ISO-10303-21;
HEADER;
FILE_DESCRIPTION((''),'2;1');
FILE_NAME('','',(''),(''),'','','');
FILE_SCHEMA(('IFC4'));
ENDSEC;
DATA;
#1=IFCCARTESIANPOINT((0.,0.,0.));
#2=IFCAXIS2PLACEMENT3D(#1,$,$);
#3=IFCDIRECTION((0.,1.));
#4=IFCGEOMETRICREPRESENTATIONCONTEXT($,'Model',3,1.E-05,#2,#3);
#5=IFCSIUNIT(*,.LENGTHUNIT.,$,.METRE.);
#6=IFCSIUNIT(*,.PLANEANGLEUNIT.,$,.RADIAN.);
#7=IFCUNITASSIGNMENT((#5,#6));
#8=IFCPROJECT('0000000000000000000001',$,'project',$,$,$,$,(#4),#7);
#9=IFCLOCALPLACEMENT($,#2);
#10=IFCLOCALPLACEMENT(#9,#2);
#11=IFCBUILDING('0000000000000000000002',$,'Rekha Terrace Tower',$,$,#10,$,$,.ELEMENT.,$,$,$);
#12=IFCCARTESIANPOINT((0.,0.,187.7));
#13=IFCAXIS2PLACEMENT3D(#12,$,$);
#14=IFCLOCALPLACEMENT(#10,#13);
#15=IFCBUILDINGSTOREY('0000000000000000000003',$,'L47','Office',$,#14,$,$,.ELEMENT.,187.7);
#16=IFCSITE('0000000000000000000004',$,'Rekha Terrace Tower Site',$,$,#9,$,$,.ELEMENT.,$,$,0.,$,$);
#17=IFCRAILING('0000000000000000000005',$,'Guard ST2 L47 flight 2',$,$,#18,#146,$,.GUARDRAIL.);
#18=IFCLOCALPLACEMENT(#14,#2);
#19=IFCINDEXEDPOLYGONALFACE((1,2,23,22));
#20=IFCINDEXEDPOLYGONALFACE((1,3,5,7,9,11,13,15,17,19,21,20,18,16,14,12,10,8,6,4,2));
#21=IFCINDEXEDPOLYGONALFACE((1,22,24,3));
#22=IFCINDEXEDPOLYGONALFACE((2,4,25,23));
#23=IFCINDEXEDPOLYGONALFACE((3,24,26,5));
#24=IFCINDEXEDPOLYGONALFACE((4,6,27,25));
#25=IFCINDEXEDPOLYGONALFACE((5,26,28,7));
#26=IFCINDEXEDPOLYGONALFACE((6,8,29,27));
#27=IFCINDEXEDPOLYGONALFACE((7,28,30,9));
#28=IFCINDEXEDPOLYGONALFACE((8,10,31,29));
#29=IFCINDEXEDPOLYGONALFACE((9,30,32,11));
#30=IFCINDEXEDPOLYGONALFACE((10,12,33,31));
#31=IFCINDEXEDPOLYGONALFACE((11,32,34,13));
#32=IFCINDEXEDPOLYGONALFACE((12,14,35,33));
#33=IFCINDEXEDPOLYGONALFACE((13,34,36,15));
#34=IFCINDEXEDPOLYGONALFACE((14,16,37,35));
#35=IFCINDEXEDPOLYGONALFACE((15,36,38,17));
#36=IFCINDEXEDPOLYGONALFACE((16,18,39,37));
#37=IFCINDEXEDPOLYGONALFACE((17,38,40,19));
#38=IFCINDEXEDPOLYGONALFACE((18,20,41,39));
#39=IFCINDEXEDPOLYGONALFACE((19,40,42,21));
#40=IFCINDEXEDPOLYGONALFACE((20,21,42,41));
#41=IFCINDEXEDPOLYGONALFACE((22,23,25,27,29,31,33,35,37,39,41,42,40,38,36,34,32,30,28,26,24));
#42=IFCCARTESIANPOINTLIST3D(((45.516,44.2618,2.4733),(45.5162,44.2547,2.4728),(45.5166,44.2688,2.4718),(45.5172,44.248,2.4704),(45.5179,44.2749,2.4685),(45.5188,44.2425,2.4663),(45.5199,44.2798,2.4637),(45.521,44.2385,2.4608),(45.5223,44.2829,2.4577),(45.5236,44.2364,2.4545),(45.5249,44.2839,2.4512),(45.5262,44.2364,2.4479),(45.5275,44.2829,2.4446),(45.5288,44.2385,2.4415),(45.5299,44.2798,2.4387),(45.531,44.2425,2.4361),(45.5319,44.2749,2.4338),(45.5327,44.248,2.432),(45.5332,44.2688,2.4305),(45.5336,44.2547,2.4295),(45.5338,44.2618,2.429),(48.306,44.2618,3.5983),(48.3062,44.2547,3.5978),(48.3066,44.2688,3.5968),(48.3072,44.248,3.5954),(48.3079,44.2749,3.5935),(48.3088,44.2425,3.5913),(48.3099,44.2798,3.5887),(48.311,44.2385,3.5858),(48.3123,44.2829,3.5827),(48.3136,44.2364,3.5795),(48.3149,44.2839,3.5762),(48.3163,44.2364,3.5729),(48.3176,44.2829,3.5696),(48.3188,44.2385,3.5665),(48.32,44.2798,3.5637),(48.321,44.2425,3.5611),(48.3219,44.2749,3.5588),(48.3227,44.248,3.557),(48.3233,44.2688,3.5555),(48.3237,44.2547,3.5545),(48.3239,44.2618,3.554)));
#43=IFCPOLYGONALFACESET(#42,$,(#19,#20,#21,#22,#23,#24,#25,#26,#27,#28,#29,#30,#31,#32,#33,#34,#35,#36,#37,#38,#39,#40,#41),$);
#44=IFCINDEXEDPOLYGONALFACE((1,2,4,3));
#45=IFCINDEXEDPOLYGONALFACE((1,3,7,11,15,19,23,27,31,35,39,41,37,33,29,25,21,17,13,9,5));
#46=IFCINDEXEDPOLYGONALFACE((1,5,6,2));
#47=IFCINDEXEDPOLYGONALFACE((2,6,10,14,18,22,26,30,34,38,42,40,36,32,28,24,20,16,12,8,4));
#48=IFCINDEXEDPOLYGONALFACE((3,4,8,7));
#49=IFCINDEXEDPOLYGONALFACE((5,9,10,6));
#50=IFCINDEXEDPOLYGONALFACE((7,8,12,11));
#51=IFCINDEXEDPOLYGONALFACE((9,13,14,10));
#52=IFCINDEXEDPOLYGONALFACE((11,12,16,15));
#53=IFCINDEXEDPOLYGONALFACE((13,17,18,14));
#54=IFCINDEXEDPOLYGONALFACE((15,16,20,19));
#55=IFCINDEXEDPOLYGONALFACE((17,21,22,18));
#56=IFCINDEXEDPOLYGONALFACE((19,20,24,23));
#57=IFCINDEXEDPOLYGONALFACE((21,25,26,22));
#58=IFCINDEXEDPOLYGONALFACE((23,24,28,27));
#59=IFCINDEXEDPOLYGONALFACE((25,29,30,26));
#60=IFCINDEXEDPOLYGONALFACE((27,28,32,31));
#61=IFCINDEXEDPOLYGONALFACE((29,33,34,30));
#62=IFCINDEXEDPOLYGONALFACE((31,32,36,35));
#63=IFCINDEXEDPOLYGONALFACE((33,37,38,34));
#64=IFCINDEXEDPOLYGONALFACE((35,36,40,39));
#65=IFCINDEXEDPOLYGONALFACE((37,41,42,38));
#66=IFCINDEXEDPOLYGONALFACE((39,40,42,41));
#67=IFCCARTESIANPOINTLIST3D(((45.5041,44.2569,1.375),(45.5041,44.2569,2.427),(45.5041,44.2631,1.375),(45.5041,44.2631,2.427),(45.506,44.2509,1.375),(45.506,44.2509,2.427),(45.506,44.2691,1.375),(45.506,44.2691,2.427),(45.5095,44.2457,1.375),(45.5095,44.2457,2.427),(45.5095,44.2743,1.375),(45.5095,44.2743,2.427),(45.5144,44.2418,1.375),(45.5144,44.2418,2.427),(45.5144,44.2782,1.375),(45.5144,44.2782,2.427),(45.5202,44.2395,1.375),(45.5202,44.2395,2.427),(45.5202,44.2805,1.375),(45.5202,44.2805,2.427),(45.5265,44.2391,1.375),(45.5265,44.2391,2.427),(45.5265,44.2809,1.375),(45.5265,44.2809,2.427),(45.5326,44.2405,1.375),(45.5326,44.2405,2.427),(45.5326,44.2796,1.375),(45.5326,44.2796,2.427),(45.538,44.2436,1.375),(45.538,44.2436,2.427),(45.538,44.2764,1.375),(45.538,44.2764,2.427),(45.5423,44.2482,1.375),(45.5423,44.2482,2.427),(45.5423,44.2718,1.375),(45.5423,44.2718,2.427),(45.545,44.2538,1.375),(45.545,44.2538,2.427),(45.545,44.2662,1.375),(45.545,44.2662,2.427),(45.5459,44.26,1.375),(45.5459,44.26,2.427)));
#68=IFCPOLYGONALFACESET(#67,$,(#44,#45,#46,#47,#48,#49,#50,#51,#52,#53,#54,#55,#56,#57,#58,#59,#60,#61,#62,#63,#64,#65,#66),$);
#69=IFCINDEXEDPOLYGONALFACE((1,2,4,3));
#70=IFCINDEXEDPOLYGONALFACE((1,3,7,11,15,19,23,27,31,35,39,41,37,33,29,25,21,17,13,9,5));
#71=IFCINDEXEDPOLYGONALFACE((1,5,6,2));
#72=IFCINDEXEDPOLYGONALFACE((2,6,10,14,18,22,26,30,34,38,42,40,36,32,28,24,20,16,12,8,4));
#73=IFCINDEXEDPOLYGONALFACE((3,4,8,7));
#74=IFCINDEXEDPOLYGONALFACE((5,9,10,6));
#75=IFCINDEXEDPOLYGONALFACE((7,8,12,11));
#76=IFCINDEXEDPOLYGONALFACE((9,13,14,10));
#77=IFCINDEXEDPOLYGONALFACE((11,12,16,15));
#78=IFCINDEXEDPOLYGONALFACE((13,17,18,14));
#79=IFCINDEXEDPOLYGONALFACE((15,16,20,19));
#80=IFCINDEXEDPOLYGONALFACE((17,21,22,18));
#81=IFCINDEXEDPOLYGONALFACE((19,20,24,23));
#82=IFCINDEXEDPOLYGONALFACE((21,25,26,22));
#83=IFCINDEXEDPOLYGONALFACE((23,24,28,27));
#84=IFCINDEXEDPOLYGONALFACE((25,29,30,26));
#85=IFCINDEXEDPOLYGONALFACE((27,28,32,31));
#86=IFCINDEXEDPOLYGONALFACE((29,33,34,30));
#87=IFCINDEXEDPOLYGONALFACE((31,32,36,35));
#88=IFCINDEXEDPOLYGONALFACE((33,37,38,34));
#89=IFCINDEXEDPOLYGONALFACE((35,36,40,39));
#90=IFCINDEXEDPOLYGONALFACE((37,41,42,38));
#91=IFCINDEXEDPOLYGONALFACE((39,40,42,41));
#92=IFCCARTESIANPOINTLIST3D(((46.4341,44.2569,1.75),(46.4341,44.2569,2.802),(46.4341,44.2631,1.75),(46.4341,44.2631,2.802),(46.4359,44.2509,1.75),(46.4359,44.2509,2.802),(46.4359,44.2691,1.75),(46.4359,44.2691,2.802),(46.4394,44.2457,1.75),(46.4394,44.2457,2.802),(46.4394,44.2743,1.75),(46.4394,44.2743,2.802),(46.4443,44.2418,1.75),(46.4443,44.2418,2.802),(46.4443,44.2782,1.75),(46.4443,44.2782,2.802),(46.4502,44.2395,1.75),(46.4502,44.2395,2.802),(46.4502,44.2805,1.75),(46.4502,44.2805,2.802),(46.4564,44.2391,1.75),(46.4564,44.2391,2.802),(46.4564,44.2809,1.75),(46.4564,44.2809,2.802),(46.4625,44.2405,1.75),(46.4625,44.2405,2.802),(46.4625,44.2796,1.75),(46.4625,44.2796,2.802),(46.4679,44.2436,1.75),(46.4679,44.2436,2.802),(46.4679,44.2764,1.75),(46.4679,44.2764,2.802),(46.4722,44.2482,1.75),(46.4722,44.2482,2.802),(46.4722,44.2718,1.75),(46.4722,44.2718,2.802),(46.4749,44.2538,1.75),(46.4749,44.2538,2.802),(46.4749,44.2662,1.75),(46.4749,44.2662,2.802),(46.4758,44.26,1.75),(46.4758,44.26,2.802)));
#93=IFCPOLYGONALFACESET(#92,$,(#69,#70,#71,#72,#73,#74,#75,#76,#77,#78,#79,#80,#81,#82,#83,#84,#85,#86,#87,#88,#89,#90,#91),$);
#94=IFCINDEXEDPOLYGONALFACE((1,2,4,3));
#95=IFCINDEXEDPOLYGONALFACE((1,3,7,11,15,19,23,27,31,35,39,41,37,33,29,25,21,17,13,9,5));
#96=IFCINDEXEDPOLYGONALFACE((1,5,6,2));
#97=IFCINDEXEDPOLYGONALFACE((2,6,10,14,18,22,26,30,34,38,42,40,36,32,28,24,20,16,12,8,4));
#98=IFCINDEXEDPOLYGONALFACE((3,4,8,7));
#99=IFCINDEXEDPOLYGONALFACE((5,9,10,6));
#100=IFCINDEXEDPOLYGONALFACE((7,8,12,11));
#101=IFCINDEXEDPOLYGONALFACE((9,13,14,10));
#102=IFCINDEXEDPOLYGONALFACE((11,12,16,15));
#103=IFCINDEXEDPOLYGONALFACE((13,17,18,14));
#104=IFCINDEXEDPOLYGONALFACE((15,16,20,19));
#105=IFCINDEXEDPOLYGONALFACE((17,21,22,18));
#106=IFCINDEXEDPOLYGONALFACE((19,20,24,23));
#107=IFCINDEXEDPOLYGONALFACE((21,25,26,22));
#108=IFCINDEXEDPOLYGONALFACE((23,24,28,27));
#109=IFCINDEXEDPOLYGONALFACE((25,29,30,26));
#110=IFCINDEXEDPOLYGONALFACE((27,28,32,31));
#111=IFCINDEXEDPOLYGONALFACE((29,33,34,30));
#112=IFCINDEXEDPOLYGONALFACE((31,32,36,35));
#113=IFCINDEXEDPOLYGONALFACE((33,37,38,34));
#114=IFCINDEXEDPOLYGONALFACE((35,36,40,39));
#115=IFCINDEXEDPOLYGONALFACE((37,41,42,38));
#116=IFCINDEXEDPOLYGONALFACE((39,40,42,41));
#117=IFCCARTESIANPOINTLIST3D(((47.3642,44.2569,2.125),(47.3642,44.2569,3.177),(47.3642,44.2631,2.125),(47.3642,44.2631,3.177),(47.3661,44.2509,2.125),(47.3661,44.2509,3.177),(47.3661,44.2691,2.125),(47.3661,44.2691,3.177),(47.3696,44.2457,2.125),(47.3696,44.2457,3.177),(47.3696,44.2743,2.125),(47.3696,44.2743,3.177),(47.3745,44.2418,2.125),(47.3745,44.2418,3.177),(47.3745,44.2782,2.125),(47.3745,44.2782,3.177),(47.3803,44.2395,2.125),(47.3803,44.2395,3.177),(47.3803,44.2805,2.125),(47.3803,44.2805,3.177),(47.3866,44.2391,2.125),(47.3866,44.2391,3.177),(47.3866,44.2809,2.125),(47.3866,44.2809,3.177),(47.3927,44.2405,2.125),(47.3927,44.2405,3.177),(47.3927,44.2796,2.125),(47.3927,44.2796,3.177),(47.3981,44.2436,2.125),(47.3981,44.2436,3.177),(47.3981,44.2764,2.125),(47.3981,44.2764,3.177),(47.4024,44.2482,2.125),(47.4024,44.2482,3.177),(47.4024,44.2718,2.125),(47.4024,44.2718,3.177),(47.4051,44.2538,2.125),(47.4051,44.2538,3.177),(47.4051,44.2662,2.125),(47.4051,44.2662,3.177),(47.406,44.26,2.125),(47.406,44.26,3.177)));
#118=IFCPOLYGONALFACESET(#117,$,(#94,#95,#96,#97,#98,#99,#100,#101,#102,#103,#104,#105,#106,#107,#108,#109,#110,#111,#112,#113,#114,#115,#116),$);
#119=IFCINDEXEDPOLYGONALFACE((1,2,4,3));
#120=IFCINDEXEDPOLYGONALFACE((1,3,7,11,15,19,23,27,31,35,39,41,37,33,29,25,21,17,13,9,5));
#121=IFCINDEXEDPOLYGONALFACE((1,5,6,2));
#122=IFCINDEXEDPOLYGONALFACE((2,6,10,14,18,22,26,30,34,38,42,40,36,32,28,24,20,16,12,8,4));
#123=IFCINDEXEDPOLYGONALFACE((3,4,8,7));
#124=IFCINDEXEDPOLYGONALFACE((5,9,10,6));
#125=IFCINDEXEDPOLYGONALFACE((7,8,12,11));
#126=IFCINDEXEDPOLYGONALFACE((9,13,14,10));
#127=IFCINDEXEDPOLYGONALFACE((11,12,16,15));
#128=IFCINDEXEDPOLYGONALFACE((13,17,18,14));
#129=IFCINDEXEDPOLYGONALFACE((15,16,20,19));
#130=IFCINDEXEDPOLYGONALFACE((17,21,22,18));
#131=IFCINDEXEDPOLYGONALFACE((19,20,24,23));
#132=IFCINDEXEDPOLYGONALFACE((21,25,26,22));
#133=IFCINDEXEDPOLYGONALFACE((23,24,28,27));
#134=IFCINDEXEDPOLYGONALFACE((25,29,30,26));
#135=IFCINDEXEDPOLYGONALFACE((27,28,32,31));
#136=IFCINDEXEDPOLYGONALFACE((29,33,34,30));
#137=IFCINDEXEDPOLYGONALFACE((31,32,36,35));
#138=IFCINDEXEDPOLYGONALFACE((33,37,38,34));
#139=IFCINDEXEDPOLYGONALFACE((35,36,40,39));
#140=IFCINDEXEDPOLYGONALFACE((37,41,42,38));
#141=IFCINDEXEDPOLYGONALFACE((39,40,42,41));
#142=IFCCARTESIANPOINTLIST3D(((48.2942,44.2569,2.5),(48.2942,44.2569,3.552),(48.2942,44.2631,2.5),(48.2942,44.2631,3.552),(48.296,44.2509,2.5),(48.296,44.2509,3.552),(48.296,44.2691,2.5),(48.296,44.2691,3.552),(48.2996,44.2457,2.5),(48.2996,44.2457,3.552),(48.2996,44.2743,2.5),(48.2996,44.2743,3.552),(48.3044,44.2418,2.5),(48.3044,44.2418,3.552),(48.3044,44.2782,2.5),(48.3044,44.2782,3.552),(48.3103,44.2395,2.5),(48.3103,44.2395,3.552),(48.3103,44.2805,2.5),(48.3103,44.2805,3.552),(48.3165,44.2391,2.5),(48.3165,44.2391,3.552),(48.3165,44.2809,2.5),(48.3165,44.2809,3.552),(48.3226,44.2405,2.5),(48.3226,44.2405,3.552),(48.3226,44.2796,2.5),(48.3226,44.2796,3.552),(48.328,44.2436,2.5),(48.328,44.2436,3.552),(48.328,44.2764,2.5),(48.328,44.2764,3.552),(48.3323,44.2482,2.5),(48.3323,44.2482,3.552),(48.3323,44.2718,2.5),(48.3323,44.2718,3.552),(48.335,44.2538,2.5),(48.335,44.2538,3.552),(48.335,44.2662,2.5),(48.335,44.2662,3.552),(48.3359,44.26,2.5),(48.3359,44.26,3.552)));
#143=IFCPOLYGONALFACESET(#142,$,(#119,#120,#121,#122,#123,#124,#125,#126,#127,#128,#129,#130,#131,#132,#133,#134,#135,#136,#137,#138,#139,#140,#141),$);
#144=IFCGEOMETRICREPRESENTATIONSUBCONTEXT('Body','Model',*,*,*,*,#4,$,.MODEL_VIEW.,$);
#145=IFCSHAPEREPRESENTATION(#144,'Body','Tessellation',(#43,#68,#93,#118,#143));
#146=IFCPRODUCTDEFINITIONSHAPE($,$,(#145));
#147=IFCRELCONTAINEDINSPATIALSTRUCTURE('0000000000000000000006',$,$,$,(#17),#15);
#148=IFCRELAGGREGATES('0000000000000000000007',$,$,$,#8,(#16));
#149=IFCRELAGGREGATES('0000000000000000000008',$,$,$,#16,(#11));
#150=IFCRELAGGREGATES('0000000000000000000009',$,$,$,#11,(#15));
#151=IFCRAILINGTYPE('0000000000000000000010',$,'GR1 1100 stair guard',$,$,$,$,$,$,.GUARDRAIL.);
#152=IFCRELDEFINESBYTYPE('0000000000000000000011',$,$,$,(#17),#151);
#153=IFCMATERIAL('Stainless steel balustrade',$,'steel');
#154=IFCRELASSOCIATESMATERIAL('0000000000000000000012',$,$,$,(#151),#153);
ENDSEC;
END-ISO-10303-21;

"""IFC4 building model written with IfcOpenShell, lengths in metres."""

from ifc_helpers import new_model, si_unit, direction, frame, origin, origin_2d, place, context, subcontext, project, spatial, circle, extrude, material, type_object, element, save


model = new_model("IFC4")

# Units and contexts
model_context = context("Model", 3, precision=1e-05, world=origin(), true_north=direction((0.0, 1.0)))
body_context = subcontext(model_context, "Body", "Model", "MODEL_VIEW")
ifc_project = project(units=[si_unit("LENGTHUNIT", "METRE"), si_unit("PLANEANGLEUNIT", "RADIAN")], contexts=[model_context])

# Site, building, storey
site_placement = place(None, origin())
site = spatial("IfcSite", under=ifc_project, at=site_placement, Name="Rekha Terrace Tower Site", CompositionType="ELEMENT", RefElevation=0.0)
building_placement = place(site_placement, origin())
building = spatial("IfcBuilding", under=site, at=building_placement, Name="Rekha Terrace Tower", CompositionType="ELEMENT")
storey_placement = place(building_placement, frame((0.0, 0.0, 187.7)))
storey = spatial("IfcBuildingStorey", under=building, at=storey_placement, Name="L47", Description="Office", CompositionType="ELEMENT", Elevation=187.7)

# Railing
ifc_material_1 = material(Name="Stainless steel balustrade", Category="steel")
railing_type_1 = type_object("IfcRailingType", Name="GR1 1100 stair guard", PredefinedType="GUARDRAIL", material=ifc_material_1)
railing_1_placement = place(storey_placement, frame((45.5249, 44.26, 1.375)))
element("IfcRailing", 1, at=railing_1_placement, inside=storey, type_object=railing_type_1, Name="Guard ST2 L47 flight 2", PredefinedType="GUARDRAIL", context=body_context, shape_type="SweptSolid", body=[
    extrude(circle(Radius=0.0239, at=origin_2d()), frame((0.0, 0.0, 1.0762), z_axis=(0.927443, 0.0, 0.373964), x_axis=(0.0, 1.0, 0.0)), (0.0, 0.0, 1.0), 3.0083),
    extrude(circle(Radius=0.021, at=origin_2d()), origin(), (0.0, 0.0, 1.0), 1.052),
    extrude(circle(Radius=0.021, at=origin_2d()), frame((0.9299, 0.0, 0.375)), (0.0, 0.0, 1.0), 1.052),
    extrude(circle(Radius=0.021, at=origin_2d()), frame((1.8601, 0.0, 0.75)), (0.0, 0.0, 1.0), 1.052),
    extrude(circle(Radius=0.021, at=origin_2d()), frame((2.79, 0.0, 1.125)), (0.0, 0.0, 1.0), 1.052),
])

save(model, "model.ifc")
